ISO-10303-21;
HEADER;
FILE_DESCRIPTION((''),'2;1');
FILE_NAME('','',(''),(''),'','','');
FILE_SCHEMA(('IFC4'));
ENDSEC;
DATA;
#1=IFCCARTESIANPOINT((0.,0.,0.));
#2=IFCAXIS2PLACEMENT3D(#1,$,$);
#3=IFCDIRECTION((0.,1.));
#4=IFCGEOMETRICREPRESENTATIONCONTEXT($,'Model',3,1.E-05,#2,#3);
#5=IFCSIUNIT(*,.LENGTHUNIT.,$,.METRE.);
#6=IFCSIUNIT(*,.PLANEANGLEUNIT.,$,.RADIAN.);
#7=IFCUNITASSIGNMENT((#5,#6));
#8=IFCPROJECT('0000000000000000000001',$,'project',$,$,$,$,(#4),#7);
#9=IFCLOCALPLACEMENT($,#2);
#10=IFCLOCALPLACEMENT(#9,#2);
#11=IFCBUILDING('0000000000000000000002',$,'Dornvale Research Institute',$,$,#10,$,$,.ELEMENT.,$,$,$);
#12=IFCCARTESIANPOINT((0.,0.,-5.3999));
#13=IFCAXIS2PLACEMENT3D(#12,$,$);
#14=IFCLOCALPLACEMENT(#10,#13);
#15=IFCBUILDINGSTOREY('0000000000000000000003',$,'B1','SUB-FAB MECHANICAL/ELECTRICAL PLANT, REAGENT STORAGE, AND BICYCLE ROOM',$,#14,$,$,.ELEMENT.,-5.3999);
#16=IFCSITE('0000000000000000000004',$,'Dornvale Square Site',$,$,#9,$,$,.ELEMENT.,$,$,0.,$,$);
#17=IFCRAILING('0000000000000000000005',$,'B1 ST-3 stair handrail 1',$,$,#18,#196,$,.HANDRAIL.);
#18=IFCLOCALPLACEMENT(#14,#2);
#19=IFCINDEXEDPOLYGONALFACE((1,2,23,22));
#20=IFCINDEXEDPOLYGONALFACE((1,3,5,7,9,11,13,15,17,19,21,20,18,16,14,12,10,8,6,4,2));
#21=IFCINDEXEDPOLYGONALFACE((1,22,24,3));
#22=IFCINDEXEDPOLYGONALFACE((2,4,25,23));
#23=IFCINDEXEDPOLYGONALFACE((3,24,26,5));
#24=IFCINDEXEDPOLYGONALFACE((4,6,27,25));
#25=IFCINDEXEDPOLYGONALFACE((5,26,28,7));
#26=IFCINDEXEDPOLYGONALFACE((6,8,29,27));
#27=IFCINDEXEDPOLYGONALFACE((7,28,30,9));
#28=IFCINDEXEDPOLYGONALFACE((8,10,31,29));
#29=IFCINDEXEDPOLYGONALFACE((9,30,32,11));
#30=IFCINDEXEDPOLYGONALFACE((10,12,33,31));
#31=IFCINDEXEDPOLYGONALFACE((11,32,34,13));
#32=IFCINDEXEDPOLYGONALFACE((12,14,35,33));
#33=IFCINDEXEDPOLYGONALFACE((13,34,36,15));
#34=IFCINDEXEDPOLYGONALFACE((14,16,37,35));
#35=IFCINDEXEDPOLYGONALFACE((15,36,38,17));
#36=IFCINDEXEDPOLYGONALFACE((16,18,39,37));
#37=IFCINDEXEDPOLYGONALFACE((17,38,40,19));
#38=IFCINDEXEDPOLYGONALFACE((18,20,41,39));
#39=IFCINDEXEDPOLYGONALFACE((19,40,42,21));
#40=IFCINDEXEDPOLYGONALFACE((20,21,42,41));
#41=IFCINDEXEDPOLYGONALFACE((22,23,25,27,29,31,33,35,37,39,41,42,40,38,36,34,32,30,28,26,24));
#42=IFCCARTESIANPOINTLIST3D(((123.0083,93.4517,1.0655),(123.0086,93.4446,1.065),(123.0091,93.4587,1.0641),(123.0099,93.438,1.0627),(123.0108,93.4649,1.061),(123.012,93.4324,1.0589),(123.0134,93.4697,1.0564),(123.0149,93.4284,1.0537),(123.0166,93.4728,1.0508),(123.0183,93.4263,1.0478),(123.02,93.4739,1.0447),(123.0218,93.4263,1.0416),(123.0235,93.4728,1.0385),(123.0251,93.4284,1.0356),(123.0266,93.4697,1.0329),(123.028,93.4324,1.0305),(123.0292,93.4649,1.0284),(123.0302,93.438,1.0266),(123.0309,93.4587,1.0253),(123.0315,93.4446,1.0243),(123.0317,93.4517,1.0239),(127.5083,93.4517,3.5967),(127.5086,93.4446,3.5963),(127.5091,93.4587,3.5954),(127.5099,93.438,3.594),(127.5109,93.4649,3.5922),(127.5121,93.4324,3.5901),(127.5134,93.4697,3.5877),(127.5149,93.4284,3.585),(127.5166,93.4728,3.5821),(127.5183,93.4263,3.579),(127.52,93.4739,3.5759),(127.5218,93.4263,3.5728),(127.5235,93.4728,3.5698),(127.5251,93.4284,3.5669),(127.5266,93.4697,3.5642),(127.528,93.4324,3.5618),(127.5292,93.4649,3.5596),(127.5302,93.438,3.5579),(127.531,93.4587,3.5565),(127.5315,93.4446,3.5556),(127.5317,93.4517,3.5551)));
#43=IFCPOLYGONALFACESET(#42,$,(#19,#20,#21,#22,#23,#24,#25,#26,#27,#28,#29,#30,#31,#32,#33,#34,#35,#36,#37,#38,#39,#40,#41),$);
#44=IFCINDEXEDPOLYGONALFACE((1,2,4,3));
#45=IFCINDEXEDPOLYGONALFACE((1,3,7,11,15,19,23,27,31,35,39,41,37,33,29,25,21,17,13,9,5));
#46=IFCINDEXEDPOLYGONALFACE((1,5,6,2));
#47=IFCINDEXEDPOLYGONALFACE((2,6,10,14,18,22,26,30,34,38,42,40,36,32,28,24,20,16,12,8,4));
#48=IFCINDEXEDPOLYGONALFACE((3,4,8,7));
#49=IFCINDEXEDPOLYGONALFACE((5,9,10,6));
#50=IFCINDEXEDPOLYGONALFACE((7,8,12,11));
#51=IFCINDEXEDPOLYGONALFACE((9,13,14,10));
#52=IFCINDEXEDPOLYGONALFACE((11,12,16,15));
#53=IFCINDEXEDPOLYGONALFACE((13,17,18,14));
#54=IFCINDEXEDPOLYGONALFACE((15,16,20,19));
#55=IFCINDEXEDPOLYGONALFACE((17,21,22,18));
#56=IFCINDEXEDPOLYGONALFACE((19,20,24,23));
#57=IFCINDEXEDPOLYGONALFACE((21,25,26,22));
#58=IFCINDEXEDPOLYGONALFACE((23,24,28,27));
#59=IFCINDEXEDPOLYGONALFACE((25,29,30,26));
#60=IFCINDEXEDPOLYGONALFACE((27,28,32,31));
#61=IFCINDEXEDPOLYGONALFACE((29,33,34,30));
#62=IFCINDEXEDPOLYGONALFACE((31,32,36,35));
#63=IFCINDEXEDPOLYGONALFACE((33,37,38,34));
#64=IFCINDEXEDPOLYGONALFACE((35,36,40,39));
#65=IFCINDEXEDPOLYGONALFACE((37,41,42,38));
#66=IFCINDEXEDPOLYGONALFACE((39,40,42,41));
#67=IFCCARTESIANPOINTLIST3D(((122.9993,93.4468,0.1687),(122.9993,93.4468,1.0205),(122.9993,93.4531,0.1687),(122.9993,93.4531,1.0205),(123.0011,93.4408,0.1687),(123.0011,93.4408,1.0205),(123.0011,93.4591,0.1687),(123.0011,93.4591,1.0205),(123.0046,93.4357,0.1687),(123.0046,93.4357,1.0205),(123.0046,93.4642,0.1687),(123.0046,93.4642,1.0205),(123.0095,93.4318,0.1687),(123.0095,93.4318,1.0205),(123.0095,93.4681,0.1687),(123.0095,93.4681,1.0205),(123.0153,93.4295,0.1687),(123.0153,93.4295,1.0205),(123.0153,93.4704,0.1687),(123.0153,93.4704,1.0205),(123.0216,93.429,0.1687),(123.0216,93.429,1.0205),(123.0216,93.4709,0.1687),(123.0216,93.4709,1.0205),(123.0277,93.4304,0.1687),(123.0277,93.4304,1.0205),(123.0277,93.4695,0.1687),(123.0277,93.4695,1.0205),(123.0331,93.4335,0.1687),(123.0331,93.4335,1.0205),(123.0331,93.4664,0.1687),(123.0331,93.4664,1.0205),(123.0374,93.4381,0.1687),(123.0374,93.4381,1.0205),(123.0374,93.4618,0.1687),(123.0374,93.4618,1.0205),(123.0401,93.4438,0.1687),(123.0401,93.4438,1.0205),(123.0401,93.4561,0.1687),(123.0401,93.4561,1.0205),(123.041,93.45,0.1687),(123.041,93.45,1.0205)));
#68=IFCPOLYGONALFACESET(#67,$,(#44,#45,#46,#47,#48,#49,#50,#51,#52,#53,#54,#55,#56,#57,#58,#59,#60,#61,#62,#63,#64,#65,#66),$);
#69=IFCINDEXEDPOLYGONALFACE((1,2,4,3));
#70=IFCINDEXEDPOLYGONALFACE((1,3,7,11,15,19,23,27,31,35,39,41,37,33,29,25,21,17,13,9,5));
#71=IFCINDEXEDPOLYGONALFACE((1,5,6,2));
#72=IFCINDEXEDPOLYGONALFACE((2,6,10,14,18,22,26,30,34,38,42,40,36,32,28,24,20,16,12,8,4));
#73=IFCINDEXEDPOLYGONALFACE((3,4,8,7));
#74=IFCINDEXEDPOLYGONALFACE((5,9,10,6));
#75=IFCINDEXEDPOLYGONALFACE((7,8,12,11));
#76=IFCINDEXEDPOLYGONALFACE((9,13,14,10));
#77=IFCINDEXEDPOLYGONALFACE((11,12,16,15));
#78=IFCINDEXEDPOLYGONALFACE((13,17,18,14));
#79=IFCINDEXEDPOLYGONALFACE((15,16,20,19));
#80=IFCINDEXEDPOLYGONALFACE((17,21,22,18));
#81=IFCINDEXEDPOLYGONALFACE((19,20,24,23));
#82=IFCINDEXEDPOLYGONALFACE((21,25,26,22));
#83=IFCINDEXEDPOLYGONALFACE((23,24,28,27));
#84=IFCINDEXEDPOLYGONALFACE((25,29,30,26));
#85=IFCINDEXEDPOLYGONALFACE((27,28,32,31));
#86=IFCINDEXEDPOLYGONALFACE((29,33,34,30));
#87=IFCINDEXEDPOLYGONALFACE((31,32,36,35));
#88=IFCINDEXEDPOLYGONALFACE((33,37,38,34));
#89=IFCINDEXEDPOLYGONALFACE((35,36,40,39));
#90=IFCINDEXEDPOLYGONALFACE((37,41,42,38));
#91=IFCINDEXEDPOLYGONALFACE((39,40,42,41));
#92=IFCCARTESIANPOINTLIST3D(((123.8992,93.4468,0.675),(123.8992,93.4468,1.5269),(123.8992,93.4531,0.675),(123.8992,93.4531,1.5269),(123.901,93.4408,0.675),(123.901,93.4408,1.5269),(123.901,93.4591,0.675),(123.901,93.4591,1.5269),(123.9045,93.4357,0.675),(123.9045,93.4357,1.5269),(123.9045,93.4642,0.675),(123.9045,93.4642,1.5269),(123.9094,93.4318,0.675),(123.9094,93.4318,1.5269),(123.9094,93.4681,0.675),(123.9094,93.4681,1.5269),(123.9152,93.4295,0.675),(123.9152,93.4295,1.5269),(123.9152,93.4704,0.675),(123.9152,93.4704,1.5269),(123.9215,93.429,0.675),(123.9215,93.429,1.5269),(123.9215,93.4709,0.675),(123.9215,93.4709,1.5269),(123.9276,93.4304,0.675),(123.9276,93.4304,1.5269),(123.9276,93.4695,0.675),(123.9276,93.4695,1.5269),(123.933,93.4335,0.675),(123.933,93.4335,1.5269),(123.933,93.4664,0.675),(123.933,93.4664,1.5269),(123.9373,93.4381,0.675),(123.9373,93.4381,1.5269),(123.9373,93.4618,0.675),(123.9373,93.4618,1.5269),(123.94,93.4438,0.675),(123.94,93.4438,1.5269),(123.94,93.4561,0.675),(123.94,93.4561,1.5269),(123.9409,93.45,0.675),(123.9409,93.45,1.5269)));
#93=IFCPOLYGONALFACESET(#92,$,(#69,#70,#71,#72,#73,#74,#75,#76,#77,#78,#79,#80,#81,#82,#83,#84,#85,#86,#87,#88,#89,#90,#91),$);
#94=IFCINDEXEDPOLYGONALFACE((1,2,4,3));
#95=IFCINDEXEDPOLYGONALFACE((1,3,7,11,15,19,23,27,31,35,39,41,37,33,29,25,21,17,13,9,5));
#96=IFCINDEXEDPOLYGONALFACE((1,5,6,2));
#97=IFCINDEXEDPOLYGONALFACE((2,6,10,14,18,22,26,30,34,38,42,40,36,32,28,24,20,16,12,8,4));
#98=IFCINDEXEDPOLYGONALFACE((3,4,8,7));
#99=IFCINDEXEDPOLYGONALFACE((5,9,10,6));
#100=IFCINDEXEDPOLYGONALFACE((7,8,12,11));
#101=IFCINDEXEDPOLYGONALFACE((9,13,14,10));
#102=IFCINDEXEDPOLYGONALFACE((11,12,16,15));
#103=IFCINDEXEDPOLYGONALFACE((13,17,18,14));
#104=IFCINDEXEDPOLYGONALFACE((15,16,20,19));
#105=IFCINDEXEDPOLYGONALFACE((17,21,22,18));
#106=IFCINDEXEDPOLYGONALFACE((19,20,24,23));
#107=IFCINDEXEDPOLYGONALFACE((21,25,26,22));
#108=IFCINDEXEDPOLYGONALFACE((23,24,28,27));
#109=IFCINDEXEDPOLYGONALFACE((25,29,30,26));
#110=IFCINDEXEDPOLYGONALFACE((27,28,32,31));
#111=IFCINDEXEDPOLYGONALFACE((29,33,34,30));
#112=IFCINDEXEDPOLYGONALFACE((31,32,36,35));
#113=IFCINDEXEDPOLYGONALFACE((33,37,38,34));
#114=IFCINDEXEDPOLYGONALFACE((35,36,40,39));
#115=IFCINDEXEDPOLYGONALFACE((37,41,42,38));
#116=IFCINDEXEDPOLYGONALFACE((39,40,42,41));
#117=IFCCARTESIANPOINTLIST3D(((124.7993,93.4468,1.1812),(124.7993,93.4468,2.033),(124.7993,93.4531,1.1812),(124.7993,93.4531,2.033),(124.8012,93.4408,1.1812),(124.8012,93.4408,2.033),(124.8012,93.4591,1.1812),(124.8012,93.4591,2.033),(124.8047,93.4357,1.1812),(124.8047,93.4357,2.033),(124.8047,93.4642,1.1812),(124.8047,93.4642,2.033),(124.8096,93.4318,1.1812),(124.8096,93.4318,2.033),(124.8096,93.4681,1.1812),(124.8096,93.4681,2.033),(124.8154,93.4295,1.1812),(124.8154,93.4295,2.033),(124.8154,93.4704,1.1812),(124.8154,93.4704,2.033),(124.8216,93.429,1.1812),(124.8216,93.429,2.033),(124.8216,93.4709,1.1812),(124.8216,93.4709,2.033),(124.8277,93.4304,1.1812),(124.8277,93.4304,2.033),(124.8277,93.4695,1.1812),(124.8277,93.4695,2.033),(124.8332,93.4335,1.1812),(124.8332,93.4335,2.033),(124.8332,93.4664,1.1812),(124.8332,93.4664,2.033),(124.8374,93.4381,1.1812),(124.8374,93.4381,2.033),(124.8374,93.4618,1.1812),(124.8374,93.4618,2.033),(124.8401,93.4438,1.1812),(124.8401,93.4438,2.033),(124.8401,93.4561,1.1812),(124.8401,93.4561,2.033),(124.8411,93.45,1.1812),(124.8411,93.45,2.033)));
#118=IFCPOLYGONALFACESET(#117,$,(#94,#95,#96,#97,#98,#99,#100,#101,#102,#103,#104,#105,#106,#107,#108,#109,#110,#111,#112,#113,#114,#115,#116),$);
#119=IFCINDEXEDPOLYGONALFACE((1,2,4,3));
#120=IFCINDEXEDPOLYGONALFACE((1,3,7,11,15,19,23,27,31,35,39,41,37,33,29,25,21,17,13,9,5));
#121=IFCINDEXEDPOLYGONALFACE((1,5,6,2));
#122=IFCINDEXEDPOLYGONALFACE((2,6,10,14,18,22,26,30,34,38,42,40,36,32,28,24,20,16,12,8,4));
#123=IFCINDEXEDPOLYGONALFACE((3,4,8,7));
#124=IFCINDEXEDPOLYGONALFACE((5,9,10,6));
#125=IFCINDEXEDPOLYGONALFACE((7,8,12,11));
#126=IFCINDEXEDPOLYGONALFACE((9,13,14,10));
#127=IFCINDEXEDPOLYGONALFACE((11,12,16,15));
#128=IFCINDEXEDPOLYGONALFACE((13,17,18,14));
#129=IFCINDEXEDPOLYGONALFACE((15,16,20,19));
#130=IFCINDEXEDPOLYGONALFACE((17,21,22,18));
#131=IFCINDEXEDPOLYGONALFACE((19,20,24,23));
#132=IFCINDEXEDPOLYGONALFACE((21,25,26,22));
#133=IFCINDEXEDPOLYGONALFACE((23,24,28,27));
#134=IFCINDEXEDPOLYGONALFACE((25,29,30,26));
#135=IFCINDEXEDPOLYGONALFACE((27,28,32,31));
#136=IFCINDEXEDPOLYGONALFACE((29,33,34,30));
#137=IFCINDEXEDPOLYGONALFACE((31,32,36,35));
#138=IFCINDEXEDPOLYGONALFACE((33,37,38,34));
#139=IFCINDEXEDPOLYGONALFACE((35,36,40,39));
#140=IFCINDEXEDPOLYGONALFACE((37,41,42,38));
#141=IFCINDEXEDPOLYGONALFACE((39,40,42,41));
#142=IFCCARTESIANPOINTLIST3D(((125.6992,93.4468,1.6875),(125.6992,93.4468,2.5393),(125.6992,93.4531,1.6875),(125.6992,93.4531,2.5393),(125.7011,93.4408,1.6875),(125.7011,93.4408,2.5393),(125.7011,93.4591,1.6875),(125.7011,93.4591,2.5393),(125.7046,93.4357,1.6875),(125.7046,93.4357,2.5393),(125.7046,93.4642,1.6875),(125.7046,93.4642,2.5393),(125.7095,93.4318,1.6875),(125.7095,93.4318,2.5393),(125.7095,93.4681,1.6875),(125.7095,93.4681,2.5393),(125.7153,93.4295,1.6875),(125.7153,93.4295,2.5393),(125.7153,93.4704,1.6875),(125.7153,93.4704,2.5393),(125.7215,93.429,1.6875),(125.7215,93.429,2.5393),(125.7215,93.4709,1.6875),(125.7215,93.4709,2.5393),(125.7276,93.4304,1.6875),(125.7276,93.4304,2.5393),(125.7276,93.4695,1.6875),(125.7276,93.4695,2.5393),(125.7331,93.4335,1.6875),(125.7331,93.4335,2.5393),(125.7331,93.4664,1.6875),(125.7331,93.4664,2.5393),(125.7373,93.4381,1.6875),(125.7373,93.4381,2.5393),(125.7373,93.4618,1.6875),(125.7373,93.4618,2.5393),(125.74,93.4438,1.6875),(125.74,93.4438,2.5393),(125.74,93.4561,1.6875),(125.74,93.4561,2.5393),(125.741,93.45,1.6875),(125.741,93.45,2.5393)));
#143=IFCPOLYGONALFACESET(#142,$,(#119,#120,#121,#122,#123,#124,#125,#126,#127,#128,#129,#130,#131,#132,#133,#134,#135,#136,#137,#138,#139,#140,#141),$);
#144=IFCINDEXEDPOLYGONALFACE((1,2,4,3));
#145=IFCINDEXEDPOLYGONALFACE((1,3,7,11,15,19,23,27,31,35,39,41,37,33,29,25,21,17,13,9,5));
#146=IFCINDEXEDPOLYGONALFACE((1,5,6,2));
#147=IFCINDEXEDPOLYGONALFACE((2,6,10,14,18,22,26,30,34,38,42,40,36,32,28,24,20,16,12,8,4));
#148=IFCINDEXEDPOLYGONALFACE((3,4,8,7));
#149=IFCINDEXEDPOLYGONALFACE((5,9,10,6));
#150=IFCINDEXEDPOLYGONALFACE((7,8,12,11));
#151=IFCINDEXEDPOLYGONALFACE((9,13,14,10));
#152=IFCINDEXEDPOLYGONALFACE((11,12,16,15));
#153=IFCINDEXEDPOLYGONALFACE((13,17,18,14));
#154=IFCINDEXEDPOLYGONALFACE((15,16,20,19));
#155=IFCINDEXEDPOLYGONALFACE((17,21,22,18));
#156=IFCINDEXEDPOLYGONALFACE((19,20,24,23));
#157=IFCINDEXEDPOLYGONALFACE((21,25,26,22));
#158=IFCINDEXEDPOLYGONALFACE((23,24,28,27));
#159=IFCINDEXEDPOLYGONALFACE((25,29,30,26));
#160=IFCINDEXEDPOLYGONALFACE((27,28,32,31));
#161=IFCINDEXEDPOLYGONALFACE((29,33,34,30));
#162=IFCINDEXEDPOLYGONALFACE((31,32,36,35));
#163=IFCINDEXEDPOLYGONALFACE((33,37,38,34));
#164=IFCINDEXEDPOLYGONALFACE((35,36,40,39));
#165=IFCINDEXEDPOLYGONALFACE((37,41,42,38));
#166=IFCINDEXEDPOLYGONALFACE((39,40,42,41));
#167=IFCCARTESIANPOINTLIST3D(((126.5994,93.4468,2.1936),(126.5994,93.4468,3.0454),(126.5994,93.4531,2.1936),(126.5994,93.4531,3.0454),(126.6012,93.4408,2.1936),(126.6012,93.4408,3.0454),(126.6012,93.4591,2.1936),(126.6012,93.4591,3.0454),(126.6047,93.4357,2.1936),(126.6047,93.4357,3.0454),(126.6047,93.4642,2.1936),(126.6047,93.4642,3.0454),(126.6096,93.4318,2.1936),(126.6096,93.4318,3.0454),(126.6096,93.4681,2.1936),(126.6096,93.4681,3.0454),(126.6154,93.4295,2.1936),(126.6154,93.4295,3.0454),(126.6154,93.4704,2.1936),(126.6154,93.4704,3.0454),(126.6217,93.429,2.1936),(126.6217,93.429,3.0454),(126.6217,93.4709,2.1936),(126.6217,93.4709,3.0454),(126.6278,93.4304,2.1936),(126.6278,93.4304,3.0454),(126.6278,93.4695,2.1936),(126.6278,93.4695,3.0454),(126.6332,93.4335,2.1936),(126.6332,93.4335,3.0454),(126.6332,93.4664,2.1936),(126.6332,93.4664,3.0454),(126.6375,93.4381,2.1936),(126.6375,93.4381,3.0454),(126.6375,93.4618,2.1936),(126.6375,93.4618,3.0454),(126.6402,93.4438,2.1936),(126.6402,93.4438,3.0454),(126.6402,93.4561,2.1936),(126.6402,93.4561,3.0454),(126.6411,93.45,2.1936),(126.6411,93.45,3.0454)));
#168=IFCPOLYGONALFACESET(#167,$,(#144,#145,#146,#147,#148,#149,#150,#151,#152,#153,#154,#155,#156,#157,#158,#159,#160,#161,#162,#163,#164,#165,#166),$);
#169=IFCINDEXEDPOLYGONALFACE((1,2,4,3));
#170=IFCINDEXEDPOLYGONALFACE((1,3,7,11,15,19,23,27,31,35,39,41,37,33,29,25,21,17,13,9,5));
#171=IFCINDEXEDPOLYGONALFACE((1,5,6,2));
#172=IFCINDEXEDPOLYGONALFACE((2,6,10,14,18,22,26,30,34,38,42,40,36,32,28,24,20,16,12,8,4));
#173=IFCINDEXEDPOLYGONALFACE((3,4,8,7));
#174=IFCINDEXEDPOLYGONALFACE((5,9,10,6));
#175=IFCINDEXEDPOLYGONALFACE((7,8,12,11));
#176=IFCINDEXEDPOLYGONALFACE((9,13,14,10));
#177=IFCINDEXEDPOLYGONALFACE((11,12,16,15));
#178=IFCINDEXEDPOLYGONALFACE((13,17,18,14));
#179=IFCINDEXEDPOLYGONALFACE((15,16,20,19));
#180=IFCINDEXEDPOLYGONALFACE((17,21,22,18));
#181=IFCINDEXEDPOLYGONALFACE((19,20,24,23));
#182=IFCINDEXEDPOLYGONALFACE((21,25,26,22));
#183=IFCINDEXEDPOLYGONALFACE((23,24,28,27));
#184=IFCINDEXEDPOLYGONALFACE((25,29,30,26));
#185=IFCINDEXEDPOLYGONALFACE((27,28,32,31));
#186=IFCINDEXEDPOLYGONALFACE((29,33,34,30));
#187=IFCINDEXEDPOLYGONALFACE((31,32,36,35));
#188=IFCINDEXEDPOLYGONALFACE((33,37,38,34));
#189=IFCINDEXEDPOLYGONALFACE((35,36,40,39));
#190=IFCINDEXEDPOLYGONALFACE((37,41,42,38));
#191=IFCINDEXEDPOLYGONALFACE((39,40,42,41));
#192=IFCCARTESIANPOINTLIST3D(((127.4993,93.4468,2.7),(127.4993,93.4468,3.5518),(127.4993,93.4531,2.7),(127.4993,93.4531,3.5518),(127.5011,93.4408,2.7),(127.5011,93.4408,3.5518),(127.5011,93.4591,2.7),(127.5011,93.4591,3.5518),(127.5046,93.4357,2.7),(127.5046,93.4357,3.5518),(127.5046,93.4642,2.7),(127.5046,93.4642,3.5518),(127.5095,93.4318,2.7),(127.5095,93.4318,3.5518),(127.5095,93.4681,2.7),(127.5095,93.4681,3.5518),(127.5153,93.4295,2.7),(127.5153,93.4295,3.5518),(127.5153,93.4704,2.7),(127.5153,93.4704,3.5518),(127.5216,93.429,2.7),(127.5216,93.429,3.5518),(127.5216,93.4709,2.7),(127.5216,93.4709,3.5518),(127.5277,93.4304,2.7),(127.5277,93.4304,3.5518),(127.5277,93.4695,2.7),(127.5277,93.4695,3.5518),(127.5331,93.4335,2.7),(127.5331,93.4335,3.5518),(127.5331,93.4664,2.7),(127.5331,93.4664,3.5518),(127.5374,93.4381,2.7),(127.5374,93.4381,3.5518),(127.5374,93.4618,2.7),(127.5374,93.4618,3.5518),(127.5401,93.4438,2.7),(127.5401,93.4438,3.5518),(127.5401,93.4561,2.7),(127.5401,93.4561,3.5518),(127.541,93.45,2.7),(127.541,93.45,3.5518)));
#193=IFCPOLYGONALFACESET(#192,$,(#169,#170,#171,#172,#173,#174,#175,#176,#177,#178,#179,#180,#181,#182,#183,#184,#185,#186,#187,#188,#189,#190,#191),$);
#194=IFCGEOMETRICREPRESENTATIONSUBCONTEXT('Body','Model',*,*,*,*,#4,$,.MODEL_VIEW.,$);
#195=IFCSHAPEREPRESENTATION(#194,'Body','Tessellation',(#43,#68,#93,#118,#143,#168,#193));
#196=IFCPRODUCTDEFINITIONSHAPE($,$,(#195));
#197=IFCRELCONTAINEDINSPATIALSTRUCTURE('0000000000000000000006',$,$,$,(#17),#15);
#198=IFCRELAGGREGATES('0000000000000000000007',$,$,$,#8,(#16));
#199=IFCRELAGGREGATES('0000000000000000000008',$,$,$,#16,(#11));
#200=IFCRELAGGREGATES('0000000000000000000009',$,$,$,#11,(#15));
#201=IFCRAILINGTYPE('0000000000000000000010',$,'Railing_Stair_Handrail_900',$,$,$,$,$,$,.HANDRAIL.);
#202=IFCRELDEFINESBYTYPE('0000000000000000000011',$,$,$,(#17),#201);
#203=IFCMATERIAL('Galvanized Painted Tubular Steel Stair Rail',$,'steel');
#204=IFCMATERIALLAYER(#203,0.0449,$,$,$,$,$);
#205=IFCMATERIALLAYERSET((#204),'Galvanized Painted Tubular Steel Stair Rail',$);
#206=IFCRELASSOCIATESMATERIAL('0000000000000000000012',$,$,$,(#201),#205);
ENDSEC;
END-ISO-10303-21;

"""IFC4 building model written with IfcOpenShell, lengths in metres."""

from ifc_helpers import new_model, si_unit, direction, frame, origin, origin_2d, place, context, subcontext, project, spatial, circle, extrude, material, layer, layer_set, type_object, element, save


model = new_model("IFC4")

# Units and contexts
model_context = context("Model", 3, precision=1e-05, world=origin(), true_north=direction((0.0, 1.0)))
body_context = subcontext(model_context, "Body", "Model", "MODEL_VIEW")
ifc_project = project(units=[si_unit("LENGTHUNIT", "METRE"), si_unit("PLANEANGLEUNIT", "RADIAN")], contexts=[model_context])

# Site, building, storey
site_placement = place(None, origin())
site = spatial("IfcSite", under=ifc_project, at=site_placement, Name="Dornvale Square Site", CompositionType="ELEMENT", RefElevation=0.0)
building_placement = place(site_placement, origin())
building = spatial("IfcBuilding", under=site, at=building_placement, Name="Dornvale Research Institute", CompositionType="ELEMENT")
storey_placement = place(building_placement, frame((0.0, 0.0, -5.3999)))
storey = spatial("IfcBuildingStorey", under=building, at=storey_placement, Name="B1", Description="SUB-FAB MECHANICAL/ELECTRICAL PLANT, REAGENT STORAGE, AND BICYCLE ROOM", CompositionType="ELEMENT", Elevation=-5.3999)

# Railing
ifc_material_1 = material(Name="Galvanized Painted Tubular Steel Stair Rail", Category="steel")
ifc_layer_1 = layer(ifc_material_1, 0.0449)
ifc_layer_set_1 = layer_set([ifc_layer_1], Name="Galvanized Painted Tubular Steel Stair Rail")
railing_type = type_object("IfcRailingType", Name="Railing_Stair_Handrail_900", PredefinedType="HANDRAIL", material=ifc_layer_set_1)
railing_placement = place(storey_placement, frame((123.02, 93.45, 0.1687)))
element("IfcRailing", 1, at=railing_placement, inside=storey, type_object=railing_type, Name="B1 ST-3 stair handrail 1", PredefinedType="HANDRAIL", context=body_context, shape_type="SweptSolid", body=[
    extrude(circle(Radius=0.0239, at=origin_2d()), frame((0.0, 0.0, 0.876), z_axis=(0.871576, 0.0, 0.490261), x_axis=(0.0, 1.0, 0.0)), (0.0, 0.0, 1.0), 5.1631),
    extrude(circle(Radius=0.021, at=origin_2d()), origin(), (0.0, 0.0, 1.0), 0.8518),
    extrude(circle(Radius=0.021, at=origin_2d()), frame((0.8999, 0.0, 0.5063)), (0.0, 0.0, 1.0), 0.8518),
    extrude(circle(Radius=0.021, at=origin_2d()), frame((1.8, 0.0, 1.0125)), (0.0, 0.0, 1.0), 0.8518),
    extrude(circle(Radius=0.021, at=origin_2d()), frame((2.7, 0.0, 1.5188)), (0.0, 0.0, 1.0), 0.8518),
    extrude(circle(Radius=0.021, at=origin_2d()), frame((3.6001, 0.0, 2.0249)), (0.0, 0.0, 1.0), 0.8518),
    extrude(circle(Radius=0.021, at=origin_2d()), frame((4.5, 0.0, 2.5312)), (0.0, 0.0, 1.0), 0.8518),
])

save(model, "model.ifc")
